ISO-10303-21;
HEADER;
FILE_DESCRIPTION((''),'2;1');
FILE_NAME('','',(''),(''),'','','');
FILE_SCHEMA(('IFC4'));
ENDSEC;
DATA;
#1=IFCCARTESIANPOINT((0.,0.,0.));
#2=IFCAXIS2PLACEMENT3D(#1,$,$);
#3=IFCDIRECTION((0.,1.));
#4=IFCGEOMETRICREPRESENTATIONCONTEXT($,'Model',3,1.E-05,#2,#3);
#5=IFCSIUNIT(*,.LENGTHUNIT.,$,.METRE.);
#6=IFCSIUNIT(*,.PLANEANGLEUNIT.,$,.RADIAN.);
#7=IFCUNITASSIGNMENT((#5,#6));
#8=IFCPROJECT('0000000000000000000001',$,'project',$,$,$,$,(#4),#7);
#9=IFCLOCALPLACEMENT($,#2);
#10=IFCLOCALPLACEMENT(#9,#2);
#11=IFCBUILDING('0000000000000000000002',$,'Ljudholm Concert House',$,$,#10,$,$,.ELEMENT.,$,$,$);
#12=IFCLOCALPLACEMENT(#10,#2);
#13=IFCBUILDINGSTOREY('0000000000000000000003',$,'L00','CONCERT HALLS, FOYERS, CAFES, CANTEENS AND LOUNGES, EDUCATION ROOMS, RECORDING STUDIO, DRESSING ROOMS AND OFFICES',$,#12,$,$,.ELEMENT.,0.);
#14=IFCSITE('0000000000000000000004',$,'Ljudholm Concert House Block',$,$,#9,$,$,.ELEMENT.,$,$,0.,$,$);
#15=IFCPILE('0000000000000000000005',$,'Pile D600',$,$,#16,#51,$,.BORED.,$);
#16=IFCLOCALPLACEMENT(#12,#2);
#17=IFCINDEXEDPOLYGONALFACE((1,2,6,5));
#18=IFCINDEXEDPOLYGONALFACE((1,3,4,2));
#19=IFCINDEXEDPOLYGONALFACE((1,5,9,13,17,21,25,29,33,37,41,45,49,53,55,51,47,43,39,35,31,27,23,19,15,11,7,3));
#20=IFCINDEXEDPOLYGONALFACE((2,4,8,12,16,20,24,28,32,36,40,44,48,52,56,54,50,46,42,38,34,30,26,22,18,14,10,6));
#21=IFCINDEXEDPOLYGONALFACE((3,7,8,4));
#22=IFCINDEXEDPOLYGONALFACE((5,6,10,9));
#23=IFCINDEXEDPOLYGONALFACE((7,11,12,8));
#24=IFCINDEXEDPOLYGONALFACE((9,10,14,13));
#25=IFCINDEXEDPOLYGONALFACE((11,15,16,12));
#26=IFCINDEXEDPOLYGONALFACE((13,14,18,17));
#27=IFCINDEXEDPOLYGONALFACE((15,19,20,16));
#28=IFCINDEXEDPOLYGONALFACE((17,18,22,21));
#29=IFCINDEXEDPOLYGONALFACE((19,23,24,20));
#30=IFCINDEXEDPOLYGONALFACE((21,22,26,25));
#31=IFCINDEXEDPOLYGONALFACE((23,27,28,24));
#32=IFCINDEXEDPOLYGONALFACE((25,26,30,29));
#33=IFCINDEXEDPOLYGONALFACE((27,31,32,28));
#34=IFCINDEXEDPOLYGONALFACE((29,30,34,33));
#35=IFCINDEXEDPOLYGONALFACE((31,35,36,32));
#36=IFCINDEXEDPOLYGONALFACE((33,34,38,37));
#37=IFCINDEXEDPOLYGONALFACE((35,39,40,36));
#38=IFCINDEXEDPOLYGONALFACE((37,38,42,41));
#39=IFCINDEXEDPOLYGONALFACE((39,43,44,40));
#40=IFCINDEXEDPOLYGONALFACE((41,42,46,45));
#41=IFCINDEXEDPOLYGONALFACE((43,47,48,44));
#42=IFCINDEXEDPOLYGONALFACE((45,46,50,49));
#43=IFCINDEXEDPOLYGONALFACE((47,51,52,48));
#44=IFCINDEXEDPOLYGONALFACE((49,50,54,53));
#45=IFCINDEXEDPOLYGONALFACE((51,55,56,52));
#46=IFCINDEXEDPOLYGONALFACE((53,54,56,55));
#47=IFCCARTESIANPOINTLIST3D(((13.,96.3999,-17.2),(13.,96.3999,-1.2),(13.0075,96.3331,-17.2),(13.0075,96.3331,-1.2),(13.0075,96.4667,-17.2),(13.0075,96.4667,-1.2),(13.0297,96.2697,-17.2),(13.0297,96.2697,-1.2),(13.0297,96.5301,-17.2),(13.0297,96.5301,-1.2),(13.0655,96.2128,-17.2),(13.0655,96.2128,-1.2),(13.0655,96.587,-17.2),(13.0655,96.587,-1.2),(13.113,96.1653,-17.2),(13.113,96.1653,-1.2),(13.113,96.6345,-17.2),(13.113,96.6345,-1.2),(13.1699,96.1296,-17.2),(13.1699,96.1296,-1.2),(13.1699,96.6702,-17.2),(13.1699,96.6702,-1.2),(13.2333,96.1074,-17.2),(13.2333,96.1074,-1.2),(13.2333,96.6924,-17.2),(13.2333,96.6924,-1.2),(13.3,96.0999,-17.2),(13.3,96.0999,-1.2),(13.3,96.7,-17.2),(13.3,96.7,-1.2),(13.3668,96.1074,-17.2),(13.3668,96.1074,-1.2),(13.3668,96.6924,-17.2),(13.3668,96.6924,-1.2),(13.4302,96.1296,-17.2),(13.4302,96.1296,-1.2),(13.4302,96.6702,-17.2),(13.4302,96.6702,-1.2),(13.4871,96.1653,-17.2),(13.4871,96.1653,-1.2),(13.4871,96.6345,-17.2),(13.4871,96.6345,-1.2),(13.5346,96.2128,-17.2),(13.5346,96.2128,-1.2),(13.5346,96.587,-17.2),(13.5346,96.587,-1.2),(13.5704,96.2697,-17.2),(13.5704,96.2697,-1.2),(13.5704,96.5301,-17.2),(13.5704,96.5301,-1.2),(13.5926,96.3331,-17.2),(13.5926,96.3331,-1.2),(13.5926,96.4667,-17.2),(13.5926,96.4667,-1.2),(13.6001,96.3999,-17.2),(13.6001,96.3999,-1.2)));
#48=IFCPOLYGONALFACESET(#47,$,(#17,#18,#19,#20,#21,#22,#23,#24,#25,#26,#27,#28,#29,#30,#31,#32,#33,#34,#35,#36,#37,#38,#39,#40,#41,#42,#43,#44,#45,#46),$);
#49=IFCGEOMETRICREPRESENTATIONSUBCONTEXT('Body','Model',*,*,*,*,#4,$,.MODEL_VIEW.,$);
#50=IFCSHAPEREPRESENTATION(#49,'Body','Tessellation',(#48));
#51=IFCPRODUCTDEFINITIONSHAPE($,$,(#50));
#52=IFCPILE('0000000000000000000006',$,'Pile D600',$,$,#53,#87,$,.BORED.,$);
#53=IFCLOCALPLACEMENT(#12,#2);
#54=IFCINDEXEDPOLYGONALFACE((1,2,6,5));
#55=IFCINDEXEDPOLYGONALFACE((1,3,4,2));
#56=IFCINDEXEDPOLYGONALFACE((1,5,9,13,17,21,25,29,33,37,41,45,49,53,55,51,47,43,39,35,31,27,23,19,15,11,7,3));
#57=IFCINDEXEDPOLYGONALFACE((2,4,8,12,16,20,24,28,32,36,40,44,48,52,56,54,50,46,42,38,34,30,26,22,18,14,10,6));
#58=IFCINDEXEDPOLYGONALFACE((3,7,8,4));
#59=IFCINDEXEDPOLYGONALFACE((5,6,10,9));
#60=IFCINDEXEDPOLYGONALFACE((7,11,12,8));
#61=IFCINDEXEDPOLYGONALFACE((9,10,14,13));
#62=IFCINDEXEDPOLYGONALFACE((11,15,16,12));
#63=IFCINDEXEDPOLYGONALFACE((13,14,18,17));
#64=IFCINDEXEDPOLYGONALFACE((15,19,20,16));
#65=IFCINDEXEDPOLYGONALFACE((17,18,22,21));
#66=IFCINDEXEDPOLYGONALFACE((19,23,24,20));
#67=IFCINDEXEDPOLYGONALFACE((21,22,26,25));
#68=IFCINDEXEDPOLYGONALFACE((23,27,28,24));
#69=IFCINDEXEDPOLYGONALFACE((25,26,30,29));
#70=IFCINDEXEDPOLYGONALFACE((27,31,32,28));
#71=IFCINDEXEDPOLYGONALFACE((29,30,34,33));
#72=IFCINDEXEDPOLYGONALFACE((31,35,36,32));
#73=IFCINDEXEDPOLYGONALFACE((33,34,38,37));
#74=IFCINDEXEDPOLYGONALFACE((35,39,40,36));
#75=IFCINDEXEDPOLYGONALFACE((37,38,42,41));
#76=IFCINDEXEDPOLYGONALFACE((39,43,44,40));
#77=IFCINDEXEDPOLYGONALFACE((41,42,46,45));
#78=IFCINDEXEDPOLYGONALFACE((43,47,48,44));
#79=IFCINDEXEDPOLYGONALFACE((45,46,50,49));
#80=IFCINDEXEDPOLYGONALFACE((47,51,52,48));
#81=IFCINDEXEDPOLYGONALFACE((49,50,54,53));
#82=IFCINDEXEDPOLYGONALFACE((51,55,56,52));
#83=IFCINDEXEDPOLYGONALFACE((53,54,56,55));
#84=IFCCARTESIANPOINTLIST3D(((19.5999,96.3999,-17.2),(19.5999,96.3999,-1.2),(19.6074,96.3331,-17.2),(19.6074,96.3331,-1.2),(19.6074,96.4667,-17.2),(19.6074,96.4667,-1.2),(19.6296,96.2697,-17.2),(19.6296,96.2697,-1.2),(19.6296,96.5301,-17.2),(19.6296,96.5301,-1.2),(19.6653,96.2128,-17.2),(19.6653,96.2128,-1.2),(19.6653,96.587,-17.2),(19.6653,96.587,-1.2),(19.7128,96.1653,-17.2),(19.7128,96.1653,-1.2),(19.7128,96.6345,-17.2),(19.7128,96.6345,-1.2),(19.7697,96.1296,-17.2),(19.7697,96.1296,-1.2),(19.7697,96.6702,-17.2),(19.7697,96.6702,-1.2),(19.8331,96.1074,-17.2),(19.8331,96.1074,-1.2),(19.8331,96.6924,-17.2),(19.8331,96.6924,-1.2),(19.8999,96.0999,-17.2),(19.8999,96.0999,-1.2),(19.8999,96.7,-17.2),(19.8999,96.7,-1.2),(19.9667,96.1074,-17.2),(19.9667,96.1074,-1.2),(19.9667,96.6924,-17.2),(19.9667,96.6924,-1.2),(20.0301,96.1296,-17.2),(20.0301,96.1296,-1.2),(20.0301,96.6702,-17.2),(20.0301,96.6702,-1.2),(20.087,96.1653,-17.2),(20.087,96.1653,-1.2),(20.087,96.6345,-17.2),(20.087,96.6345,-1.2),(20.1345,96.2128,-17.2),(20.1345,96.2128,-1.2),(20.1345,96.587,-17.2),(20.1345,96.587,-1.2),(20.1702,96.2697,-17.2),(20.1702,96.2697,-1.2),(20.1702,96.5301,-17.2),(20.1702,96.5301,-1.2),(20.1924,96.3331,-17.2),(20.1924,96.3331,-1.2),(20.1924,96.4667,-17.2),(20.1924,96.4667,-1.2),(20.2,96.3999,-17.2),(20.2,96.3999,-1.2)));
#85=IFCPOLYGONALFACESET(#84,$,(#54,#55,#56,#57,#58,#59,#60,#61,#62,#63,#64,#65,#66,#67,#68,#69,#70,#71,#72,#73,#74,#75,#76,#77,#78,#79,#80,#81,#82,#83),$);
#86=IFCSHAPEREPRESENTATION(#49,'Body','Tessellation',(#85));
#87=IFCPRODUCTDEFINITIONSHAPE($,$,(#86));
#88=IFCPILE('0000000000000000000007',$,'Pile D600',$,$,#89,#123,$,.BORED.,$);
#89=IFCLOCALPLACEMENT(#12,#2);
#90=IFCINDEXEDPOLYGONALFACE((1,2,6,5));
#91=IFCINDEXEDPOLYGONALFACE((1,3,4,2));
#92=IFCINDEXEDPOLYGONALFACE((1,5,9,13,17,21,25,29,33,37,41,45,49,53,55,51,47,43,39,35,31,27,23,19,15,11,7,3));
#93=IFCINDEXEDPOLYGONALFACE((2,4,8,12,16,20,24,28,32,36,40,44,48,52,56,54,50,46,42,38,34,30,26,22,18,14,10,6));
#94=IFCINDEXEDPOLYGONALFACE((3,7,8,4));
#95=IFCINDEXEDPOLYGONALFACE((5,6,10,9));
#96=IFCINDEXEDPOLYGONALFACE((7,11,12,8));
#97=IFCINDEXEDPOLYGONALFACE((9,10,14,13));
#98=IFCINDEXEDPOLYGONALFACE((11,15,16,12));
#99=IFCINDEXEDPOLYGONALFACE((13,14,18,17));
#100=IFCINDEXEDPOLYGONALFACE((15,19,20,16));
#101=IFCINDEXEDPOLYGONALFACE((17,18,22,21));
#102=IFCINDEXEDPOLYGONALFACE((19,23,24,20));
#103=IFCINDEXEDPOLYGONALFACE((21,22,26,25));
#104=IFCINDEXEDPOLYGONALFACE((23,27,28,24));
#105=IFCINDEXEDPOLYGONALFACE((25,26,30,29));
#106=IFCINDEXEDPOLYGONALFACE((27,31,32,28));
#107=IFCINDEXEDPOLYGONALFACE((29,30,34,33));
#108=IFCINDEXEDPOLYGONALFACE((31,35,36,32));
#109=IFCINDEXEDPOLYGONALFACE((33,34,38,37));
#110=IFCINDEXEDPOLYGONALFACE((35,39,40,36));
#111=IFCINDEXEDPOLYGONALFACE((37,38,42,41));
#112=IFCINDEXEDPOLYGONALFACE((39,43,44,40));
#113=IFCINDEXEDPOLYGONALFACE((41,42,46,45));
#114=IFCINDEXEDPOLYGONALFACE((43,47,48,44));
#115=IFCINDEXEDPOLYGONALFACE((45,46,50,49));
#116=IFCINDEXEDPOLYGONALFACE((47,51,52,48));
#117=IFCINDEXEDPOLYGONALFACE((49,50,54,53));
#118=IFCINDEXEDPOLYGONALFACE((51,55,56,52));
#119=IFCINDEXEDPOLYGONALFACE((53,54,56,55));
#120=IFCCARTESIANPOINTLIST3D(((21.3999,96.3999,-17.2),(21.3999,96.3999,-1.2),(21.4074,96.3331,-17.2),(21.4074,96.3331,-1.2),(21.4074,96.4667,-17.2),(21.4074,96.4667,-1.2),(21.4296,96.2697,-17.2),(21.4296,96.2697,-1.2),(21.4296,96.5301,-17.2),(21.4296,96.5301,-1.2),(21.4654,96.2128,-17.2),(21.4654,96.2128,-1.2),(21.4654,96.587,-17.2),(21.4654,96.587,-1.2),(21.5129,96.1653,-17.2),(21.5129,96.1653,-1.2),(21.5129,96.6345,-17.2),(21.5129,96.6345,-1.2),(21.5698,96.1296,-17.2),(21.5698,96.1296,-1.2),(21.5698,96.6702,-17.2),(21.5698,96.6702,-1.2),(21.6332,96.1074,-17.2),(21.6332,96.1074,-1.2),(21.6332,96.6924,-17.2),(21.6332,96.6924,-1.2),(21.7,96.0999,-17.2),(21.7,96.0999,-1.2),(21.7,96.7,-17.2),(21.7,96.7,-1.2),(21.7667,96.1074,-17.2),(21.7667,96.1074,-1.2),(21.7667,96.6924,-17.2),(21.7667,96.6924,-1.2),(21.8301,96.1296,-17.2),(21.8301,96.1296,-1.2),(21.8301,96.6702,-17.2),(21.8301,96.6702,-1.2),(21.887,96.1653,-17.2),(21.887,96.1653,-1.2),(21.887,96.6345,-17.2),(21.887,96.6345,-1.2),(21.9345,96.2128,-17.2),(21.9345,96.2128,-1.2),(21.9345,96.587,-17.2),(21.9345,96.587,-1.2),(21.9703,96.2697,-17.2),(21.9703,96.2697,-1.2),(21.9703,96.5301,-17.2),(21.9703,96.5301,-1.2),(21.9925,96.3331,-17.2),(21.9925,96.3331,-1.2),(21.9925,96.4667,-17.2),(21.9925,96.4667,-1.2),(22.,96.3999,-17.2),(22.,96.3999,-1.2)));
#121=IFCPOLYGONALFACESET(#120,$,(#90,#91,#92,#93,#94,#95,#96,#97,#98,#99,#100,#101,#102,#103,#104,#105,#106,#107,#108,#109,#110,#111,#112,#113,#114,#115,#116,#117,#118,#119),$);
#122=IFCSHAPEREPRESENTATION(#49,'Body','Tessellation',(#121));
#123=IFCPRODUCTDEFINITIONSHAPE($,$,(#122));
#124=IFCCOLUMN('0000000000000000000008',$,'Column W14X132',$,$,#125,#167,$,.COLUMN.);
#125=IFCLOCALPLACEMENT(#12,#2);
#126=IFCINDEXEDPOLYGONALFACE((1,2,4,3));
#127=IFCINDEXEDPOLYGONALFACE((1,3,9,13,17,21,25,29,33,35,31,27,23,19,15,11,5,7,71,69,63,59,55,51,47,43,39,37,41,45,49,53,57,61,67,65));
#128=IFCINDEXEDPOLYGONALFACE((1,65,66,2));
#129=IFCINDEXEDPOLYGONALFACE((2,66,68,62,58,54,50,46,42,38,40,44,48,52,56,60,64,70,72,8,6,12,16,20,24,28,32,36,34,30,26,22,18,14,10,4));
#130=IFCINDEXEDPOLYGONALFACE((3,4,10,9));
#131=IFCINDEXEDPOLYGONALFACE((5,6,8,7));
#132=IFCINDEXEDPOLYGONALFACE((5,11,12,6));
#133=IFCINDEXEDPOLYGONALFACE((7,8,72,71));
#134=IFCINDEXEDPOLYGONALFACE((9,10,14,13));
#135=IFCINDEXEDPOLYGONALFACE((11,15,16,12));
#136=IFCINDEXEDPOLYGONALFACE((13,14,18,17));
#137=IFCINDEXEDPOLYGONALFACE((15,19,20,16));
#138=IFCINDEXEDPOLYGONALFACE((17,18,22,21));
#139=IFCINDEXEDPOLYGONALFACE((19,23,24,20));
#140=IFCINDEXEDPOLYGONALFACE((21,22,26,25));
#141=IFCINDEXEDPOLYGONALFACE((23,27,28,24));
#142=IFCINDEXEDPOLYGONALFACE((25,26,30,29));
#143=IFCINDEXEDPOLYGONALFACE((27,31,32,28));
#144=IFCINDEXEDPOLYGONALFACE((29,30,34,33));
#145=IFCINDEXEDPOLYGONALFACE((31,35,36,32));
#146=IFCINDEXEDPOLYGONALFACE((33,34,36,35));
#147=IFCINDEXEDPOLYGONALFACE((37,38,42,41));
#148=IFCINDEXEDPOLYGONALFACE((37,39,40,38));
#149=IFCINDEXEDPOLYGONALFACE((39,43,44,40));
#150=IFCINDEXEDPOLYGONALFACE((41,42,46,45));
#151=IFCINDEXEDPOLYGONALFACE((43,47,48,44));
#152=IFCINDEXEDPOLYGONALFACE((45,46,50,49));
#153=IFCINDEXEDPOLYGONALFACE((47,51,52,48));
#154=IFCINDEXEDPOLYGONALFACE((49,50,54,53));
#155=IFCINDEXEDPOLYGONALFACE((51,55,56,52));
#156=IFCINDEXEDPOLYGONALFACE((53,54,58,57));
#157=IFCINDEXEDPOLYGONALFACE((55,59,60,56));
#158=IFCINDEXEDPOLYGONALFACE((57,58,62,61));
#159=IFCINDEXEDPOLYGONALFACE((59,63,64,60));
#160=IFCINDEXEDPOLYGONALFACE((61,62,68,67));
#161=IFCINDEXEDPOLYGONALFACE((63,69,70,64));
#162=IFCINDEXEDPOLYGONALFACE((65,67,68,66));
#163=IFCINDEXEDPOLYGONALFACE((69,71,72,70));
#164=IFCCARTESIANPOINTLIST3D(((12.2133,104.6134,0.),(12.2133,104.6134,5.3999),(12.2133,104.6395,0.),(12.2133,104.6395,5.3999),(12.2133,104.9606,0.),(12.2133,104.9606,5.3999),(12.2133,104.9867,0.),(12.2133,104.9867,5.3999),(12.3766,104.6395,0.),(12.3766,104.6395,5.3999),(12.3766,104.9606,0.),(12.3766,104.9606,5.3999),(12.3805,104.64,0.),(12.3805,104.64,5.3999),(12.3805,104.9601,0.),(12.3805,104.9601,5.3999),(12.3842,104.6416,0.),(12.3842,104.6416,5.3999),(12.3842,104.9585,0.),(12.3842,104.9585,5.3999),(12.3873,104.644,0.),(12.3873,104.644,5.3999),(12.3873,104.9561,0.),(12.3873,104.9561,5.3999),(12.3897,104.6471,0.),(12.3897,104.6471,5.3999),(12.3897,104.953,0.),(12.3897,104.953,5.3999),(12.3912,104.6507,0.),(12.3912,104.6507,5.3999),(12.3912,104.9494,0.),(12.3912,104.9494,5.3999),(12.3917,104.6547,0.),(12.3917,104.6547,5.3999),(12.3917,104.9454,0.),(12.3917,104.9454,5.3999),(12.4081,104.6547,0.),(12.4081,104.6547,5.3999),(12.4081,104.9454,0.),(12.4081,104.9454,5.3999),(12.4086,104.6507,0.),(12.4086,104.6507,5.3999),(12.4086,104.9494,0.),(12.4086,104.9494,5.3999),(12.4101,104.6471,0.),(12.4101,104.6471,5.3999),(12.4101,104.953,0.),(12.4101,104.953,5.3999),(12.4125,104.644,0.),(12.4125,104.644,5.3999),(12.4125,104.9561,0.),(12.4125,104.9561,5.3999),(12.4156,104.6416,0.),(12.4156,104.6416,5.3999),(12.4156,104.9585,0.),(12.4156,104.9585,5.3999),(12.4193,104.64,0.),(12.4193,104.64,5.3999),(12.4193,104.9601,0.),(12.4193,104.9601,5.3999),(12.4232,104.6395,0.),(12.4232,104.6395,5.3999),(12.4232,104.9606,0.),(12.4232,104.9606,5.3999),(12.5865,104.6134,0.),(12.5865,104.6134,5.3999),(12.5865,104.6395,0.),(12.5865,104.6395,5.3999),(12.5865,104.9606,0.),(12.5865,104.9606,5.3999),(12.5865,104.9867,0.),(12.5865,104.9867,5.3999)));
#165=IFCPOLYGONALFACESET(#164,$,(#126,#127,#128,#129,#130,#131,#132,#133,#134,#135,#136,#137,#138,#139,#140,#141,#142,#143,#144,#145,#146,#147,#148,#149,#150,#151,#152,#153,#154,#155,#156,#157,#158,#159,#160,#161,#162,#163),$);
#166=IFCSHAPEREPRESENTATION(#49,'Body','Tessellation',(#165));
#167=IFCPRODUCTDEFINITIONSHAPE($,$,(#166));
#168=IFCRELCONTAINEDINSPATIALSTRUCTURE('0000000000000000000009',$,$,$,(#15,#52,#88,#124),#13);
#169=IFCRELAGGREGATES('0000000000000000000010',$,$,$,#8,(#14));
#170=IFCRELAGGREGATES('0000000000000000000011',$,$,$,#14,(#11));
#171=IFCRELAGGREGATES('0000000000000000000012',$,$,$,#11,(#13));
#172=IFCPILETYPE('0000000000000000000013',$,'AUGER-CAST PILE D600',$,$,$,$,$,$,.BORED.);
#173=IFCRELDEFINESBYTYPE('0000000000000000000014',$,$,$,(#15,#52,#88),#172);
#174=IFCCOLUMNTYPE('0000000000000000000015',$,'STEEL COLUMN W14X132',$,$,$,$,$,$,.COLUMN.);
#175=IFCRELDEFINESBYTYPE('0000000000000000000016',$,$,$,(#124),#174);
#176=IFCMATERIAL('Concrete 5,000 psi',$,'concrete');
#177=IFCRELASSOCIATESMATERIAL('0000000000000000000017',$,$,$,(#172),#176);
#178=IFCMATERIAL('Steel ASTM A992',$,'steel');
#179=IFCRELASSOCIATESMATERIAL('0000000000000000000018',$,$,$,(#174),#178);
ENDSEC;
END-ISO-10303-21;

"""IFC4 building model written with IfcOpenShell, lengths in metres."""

from ifc_helpers import new_model, si_unit, direction, frame, origin, origin_2d, place, context, subcontext, project, spatial, circle, i_section, extrude, material, material_profile, profile_set, type_object, element, save


model = new_model("IFC4")

# Units and contexts
model_context = context("Model", 3, precision=1e-05, world=origin(), true_north=direction((0.0, 1.0)))
body_context = subcontext(model_context, "Body", "Model", "MODEL_VIEW")
ifc_project = project(units=[si_unit("LENGTHUNIT", "METRE"), si_unit("PLANEANGLEUNIT", "RADIAN")], contexts=[model_context])

# Site, building, storey
site_placement = place(None, origin())
site = spatial("IfcSite", under=ifc_project, at=site_placement, Name="Ljudholm Concert House Block", CompositionType="ELEMENT", RefElevation=0.0)
building_placement = place(site_placement, origin())
building = spatial("IfcBuilding", under=site, at=building_placement, Name="Ljudholm Concert House", CompositionType="ELEMENT")
storey_placement = place(building_placement, origin())
storey = spatial("IfcBuildingStorey", under=building, at=storey_placement, Name="L00", Description="CONCERT HALLS, FOYERS, CAFES, CANTEENS AND LOUNGES, EDUCATION ROOMS, RECORDING STUDIO, DRESSING ROOMS AND OFFICES", CompositionType="ELEMENT", Elevation=0.0)

# Piles
ifc_material_1 = material(Name="Concrete 5,000 psi", Category="concrete")
ifc_material_profile_1 = material_profile(ifc_material_1, circle(Radius=0.3, at=origin_2d()), Name="AUGER-CAST PILE D600")
ifc_profile_set_1 = profile_set([ifc_material_profile_1], Name="Concrete 5,000 psi")
pile_type = type_object("IfcPileType", Name="AUGER-CAST PILE D600", PredefinedType="BORED", material=ifc_profile_set_1)
for number, where, z_axis, x_axis, name in (
    (1, (13.3, 96.3999, -1.2), (0.0, 0.0, -1.0), (1.0, 0.0, 0.0), "Pile D600"),
    (2, (19.8999, 96.3999, -1.2), (0.0, 0.0, -1.0), (1.0, 0.0, 0.0), "Pile D600"),
    (3, (21.7, 96.3999, -1.2), (0.0, 0.0, -1.0), (1.0, 0.0, 0.0), "Pile D600"),
):
    element("IfcPile", number, at=place(storey_placement, frame(where, z_axis=z_axis, x_axis=x_axis)), inside=storey, type_object=pile_type, Name=name, PredefinedType="BORED", context=body_context, shape_type="SweptSolid", body=[
        extrude(circle(Radius=0.3, at=origin_2d()), origin(), (0.0, 0.0, 1.0), 16.0),
    ])

# Column
ifc_material_2 = material(Name="Steel ASTM A992", Category="steel")
ifc_material_profile_2 = material_profile(ifc_material_2, i_section(OverallWidth=0.3733, OverallDepth=0.3733, WebThickness=0.0164, FlangeThickness=0.0261, FilletRadius=0.0151, at=origin_2d()), Name="W14X132")
ifc_profile_set_2 = profile_set([ifc_material_profile_2], Name="Steel ASTM A992")
column_type = type_object("IfcColumnType", Name="STEEL COLUMN W14X132", PredefinedType="COLUMN", material=ifc_profile_set_2)
for number, where, z_axis, x_axis, name in (
    (4, (12.3999, 104.8, 0.0), (0.0, 0.0, 1.0), (1.0, 0.0, 0.0), "Column W14X132"),
):
    element("IfcColumn", number, at=place(storey_placement, frame(where, z_axis=z_axis, x_axis=x_axis)), inside=storey, type_object=column_type, Name=name, PredefinedType="COLUMN", context=body_context, shape_type="SweptSolid", body=[
        extrude(i_section(OverallWidth=0.3733, OverallDepth=0.3733, WebThickness=0.0164, FlangeThickness=0.0261, FilletRadius=0.0151, at=origin_2d()), origin(), (0.0, 0.0, 1.0), 5.3999),
    ])

save(model, "model.ifc")
